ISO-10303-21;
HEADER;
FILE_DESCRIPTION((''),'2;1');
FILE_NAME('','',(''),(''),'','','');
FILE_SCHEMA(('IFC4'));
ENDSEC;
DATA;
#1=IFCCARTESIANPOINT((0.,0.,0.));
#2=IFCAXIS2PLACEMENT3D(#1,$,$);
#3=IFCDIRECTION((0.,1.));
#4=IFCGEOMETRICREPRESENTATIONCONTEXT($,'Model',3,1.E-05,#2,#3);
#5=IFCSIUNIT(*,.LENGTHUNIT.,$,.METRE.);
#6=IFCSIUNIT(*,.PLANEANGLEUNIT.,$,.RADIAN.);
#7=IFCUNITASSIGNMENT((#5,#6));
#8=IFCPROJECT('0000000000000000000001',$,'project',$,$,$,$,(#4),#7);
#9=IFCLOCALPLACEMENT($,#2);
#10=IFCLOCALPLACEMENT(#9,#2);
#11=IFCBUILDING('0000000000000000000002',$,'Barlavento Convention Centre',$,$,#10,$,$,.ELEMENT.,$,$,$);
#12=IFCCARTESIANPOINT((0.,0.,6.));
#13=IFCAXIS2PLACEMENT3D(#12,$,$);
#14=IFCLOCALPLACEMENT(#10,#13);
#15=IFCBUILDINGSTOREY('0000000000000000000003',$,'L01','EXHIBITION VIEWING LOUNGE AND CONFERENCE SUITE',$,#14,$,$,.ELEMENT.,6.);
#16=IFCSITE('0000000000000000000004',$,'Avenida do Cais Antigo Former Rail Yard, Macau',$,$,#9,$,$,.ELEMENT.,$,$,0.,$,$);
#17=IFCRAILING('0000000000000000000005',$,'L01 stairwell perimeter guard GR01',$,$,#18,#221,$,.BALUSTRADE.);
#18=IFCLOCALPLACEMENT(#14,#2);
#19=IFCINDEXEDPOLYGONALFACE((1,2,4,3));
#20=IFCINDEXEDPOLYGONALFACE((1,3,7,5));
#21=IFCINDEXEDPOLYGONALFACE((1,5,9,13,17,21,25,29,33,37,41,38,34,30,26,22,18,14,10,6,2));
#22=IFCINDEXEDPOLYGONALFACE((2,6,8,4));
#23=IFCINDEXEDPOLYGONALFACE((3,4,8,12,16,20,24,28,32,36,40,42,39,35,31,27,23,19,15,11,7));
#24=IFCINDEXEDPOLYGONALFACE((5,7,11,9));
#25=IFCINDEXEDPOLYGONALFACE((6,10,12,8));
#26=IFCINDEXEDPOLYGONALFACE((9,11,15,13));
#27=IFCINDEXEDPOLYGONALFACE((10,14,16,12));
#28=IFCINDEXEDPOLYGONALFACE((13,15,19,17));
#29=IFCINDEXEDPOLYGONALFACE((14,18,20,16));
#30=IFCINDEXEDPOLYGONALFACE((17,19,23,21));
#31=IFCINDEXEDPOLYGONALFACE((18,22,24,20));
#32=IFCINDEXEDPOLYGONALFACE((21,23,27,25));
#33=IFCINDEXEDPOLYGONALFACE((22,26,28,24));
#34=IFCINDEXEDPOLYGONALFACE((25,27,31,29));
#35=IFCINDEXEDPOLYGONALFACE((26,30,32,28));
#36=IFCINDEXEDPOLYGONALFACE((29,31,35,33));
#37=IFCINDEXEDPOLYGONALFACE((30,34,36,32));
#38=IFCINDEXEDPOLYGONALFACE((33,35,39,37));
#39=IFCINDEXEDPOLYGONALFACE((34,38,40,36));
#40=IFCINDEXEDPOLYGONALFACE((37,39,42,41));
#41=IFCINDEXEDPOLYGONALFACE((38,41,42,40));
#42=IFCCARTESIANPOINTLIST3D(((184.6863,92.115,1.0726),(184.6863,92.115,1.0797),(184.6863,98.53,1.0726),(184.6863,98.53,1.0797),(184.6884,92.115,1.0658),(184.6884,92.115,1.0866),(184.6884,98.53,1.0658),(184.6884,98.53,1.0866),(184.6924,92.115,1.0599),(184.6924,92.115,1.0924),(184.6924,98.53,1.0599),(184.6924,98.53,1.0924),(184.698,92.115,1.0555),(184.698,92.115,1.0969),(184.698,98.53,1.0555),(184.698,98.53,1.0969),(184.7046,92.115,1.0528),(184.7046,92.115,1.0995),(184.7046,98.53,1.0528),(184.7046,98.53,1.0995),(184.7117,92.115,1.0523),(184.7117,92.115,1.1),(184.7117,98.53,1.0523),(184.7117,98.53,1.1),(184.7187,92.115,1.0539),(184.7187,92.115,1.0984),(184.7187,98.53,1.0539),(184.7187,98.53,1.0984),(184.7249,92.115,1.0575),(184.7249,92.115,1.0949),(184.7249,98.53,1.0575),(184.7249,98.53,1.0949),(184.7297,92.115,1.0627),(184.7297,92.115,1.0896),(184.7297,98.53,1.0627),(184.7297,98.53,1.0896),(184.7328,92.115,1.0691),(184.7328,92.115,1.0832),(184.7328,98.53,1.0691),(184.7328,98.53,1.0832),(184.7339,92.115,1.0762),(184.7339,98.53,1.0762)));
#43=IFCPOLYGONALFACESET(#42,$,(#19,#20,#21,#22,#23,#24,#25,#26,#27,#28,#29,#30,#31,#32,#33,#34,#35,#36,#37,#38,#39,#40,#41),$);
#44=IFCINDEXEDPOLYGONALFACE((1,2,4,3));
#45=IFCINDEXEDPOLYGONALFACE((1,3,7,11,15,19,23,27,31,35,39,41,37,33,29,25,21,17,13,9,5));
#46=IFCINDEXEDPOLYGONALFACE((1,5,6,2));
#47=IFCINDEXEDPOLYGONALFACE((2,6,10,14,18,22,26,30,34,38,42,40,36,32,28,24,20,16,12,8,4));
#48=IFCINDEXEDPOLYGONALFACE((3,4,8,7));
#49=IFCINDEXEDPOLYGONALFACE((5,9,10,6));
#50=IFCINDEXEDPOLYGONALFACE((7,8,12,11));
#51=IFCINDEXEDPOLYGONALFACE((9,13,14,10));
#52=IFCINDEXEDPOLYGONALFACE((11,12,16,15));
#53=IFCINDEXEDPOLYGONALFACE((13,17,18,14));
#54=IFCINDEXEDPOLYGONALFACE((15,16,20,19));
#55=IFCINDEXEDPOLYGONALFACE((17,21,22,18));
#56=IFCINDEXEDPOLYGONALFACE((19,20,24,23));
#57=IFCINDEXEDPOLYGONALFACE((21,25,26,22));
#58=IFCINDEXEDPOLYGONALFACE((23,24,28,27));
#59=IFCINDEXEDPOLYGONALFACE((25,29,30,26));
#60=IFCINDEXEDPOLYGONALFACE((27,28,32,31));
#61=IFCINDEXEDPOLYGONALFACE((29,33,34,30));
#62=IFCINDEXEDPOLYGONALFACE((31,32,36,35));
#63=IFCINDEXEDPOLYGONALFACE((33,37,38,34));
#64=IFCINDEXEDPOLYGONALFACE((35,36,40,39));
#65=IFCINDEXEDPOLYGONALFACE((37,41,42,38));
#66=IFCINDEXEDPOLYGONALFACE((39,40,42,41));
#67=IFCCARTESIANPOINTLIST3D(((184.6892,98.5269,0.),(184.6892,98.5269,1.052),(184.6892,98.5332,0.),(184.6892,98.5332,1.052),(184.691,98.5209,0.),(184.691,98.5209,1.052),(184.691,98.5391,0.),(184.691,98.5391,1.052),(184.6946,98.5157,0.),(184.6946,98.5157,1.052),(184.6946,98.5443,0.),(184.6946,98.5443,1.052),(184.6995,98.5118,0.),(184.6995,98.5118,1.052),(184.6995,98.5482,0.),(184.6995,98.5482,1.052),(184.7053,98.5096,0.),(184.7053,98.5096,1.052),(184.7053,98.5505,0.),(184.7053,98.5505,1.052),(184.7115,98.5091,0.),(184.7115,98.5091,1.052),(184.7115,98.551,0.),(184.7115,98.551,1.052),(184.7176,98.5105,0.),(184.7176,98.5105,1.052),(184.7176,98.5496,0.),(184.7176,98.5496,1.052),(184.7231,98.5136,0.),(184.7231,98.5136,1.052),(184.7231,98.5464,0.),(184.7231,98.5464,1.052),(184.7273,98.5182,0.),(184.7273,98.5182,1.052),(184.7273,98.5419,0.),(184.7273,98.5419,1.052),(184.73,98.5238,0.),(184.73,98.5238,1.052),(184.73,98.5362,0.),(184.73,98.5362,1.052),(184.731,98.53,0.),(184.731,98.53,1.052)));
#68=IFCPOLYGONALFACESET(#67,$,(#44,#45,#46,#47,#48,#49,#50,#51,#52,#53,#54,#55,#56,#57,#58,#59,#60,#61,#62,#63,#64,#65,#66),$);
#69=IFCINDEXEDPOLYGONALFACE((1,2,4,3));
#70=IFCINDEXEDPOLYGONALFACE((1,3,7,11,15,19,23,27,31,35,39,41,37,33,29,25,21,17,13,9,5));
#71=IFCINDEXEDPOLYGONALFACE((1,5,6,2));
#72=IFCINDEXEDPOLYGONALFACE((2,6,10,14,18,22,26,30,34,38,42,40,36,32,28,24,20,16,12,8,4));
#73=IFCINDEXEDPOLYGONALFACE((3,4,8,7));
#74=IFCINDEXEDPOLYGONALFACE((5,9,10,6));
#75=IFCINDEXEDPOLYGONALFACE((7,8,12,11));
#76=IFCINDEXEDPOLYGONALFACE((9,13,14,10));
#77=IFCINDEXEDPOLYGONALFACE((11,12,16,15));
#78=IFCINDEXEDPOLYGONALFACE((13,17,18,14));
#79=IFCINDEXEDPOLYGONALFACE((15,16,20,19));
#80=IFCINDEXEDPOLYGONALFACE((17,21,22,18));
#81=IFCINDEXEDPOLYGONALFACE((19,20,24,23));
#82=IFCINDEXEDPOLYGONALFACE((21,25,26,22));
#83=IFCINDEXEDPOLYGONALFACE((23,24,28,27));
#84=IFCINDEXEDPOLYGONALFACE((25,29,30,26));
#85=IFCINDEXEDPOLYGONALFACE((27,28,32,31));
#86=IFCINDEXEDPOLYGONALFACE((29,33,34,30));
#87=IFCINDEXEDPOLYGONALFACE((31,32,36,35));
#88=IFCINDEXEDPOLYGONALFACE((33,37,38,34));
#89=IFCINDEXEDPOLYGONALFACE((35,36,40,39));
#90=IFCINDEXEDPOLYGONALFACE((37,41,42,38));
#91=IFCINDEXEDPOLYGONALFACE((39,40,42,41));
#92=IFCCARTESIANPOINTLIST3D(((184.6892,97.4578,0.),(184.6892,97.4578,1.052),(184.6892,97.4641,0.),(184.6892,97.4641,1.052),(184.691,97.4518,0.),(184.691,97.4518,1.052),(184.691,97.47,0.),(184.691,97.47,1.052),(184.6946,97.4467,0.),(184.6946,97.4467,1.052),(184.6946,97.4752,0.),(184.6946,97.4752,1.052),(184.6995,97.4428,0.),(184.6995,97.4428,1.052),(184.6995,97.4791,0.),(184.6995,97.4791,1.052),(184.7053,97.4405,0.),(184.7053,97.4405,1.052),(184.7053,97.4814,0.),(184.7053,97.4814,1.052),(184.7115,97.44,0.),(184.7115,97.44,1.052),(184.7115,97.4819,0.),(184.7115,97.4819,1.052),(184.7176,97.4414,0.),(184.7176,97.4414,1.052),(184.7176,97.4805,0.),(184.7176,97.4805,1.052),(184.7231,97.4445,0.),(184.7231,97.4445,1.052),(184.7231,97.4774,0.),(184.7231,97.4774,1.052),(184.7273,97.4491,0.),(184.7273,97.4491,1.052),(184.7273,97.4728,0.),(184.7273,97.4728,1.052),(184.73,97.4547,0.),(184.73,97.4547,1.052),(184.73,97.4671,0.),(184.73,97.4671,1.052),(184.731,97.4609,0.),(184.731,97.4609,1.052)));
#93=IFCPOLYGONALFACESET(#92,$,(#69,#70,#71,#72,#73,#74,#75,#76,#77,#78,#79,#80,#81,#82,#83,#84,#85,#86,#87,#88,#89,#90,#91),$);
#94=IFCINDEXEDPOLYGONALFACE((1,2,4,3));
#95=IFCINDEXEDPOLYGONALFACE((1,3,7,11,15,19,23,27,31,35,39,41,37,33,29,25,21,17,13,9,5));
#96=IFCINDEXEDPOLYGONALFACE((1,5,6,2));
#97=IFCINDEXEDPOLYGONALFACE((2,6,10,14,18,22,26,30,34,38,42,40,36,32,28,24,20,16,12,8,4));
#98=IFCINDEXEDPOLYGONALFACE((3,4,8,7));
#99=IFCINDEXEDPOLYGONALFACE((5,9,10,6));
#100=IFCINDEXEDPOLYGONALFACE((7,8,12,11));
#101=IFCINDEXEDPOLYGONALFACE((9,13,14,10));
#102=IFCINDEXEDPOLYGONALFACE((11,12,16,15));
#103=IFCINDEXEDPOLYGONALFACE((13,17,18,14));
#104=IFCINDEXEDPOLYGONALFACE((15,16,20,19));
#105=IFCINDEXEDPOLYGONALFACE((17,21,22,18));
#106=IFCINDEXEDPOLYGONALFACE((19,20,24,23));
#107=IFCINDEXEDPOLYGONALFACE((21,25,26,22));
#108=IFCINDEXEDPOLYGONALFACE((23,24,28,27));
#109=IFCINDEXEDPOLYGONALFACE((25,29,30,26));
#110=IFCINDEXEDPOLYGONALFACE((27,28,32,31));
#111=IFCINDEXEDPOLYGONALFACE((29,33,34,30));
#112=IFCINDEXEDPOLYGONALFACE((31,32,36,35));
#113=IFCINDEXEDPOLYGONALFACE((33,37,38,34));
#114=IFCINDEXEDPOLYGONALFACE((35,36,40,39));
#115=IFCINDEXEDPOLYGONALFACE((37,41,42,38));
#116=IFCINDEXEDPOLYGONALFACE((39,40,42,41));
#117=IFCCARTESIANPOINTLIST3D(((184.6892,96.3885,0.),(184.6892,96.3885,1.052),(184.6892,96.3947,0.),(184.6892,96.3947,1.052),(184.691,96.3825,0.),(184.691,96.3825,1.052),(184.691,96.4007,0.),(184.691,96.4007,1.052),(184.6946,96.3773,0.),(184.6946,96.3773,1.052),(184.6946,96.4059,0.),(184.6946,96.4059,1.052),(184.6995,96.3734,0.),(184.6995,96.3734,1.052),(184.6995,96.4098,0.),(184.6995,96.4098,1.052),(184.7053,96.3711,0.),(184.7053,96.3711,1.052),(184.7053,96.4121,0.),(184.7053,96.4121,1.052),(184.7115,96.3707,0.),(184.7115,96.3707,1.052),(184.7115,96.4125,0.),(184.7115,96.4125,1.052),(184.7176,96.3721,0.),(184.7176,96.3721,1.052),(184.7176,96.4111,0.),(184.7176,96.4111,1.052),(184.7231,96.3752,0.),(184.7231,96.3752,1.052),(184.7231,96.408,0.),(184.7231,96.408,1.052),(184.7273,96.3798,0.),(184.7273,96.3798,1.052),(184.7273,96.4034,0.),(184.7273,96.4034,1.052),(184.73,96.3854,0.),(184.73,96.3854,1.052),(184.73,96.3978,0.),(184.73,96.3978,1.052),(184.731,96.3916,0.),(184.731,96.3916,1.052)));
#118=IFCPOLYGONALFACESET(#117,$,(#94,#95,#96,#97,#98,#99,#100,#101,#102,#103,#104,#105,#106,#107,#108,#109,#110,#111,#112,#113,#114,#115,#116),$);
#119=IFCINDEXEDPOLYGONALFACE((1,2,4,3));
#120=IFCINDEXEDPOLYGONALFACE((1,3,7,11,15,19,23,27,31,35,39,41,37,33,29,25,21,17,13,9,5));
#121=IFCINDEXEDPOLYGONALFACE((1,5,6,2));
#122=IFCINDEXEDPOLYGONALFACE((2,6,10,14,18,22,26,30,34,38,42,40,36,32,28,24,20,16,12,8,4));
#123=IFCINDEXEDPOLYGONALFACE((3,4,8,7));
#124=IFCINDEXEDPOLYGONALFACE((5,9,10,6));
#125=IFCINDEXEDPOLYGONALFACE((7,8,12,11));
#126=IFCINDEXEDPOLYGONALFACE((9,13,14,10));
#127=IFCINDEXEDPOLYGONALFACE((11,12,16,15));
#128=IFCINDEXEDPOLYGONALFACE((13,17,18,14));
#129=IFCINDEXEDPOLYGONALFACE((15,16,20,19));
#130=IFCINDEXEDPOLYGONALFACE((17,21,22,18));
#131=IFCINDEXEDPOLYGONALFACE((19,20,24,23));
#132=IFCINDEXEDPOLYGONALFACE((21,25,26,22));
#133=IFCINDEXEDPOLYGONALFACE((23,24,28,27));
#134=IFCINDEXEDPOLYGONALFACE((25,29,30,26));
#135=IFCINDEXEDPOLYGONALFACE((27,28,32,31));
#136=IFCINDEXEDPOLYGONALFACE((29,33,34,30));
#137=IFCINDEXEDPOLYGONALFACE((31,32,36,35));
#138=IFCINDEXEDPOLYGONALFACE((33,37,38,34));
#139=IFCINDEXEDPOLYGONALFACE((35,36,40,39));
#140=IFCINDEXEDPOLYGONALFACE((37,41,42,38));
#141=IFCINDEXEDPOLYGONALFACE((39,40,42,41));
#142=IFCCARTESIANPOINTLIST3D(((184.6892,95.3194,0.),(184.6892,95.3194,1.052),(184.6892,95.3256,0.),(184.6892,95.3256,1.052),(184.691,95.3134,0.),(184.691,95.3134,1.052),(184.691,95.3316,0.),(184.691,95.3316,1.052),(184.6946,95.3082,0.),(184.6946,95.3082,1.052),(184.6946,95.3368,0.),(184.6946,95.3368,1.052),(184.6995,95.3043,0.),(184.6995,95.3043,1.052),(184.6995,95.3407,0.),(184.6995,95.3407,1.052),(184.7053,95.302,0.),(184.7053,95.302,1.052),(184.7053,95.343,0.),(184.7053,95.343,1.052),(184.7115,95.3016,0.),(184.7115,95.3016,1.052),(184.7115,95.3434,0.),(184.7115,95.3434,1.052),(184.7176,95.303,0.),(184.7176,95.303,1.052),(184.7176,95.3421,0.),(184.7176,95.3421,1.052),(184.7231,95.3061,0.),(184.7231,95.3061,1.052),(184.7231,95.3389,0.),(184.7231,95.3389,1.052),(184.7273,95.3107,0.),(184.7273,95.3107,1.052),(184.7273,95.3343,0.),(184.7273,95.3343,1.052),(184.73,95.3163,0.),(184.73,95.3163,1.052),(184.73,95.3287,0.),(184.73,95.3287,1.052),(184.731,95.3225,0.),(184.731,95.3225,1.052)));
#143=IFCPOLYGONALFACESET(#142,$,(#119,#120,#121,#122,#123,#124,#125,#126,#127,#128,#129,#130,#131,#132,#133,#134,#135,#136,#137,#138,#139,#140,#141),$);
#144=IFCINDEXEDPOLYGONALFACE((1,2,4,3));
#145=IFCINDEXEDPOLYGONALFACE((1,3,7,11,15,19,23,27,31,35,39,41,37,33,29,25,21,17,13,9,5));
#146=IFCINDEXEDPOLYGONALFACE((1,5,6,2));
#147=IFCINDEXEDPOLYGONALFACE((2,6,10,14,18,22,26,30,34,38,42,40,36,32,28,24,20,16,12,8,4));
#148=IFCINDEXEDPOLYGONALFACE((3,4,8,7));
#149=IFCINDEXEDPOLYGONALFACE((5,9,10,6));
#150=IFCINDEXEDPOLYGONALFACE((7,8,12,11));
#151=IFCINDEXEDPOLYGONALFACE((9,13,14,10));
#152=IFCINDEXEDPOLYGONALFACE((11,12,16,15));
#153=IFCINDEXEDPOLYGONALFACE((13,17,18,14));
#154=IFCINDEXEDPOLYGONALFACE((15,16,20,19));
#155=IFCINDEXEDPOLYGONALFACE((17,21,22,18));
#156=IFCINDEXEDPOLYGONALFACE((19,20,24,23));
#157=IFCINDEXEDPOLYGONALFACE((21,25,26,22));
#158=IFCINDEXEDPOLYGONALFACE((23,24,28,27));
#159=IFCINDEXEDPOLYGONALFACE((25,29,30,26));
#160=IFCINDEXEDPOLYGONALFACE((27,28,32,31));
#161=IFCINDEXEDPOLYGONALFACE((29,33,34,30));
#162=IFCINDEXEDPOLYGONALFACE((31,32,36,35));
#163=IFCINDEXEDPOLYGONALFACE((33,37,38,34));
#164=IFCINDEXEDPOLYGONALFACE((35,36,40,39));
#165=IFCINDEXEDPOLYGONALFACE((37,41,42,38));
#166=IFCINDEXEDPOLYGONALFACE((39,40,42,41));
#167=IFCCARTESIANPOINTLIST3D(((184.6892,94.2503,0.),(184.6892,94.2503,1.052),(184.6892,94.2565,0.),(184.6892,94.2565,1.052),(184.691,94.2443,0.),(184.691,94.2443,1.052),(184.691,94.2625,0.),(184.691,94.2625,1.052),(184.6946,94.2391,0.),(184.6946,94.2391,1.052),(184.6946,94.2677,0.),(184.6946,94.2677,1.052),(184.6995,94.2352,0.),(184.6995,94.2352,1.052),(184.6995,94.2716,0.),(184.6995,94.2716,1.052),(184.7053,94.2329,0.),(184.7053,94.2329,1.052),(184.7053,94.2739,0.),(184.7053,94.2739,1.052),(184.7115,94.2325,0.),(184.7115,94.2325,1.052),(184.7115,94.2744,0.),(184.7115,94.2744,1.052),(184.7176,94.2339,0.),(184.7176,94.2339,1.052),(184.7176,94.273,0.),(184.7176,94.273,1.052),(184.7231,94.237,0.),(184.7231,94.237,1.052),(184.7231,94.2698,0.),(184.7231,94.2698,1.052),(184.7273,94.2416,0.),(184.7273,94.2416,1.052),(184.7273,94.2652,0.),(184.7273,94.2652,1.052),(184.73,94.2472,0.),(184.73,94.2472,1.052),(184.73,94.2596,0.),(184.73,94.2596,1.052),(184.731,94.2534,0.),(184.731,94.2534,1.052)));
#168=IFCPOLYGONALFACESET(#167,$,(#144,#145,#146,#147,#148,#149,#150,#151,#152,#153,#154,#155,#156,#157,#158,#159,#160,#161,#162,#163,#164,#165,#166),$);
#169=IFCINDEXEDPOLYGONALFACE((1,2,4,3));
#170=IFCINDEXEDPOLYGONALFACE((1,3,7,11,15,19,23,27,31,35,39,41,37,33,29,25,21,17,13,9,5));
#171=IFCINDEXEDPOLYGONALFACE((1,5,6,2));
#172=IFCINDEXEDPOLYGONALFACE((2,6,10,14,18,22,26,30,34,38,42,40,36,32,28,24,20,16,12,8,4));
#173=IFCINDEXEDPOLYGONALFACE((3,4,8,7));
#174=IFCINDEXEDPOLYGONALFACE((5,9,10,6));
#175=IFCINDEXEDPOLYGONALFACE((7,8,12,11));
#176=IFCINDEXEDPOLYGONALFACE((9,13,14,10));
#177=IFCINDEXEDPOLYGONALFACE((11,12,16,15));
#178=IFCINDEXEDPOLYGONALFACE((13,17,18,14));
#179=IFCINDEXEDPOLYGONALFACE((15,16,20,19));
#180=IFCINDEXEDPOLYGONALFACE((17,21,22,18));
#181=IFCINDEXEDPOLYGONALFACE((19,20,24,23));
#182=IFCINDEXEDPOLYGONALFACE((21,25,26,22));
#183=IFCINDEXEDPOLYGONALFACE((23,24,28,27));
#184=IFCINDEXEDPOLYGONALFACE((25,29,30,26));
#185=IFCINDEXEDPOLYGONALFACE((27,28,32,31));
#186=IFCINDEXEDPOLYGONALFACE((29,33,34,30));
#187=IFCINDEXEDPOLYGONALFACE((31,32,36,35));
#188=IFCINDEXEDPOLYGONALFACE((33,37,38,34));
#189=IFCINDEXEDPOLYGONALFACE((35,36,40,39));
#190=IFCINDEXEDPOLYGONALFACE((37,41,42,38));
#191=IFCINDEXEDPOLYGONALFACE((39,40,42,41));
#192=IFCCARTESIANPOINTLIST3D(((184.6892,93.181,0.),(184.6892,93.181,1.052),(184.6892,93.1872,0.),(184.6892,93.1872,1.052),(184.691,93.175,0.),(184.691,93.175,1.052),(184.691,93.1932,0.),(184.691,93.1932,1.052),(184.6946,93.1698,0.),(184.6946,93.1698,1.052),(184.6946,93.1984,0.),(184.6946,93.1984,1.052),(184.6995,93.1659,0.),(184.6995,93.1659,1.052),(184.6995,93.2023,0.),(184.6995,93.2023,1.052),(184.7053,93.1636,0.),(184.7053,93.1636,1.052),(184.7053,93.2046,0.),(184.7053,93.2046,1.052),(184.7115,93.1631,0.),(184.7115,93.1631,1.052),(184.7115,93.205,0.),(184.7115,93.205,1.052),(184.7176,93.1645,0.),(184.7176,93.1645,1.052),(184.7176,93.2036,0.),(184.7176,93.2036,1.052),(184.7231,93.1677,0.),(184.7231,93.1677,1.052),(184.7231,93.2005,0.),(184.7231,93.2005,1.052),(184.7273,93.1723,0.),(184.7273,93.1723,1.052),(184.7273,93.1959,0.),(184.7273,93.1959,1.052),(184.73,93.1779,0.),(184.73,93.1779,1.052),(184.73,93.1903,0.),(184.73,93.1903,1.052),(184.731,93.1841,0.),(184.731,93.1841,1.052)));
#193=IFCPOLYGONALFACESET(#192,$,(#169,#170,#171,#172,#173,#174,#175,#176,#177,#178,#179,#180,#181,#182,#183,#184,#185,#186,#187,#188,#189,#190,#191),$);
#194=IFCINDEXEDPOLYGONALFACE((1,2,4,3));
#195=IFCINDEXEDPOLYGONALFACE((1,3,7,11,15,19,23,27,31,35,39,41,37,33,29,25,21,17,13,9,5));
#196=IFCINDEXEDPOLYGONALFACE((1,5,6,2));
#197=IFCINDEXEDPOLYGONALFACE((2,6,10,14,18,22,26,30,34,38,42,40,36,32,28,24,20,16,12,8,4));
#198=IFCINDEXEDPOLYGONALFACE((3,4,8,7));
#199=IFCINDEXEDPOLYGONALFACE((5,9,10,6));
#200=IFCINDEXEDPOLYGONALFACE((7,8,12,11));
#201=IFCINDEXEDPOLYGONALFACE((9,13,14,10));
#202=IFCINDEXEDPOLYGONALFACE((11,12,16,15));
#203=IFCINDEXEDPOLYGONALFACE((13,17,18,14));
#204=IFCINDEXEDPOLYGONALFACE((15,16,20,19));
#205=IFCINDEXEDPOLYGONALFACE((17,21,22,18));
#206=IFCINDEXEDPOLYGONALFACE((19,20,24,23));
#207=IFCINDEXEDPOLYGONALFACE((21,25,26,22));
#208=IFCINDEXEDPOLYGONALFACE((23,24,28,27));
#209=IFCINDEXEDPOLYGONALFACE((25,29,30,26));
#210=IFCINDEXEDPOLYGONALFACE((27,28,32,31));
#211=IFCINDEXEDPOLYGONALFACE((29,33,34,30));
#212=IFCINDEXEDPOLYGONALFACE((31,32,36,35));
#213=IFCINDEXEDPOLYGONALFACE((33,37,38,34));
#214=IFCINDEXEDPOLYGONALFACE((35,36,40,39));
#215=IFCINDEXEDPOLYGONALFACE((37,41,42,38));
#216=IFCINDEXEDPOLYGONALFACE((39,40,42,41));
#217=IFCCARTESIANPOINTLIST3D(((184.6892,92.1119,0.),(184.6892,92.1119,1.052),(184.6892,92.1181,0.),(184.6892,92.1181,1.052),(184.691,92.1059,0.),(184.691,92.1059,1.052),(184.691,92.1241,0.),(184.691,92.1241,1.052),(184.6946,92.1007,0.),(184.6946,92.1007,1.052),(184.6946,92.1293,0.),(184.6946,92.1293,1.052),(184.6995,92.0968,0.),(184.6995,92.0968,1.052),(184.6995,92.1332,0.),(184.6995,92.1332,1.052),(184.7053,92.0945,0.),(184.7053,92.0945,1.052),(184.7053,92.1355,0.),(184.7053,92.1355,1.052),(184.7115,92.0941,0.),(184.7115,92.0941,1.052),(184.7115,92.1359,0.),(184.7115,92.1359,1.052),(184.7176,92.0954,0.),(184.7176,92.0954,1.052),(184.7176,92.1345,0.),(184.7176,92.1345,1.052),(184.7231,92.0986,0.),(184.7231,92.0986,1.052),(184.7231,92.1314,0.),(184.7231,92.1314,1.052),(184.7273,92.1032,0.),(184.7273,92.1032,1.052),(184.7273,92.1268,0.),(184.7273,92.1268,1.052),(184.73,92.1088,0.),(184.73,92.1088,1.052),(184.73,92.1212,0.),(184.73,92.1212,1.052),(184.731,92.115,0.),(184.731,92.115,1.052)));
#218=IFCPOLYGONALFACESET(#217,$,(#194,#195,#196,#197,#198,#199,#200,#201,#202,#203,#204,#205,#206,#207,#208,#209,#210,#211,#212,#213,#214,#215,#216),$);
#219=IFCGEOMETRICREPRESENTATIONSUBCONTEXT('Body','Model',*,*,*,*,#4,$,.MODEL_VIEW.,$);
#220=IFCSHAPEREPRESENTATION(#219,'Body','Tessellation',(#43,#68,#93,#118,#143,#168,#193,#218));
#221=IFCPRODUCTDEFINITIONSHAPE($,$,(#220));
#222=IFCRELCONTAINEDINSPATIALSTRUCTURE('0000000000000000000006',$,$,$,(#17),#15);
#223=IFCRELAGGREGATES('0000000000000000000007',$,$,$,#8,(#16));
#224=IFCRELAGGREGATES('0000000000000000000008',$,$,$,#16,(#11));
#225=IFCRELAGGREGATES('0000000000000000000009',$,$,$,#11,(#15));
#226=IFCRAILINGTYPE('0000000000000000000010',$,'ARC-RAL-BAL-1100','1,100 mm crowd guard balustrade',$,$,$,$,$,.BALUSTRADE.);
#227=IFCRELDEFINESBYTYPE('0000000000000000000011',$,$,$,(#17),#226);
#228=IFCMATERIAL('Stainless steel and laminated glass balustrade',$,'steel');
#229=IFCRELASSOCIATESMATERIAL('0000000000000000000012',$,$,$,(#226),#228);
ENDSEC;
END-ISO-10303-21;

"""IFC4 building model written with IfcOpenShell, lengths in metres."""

from ifc_helpers import new_model, si_unit, direction, frame, origin, origin_2d, place, context, subcontext, project, spatial, circle, extrude, material, type_object, element, save


model = new_model("IFC4")

# Units and contexts
model_context = context("Model", 3, precision=1e-05, world=origin(), true_north=direction((0.0, 1.0)))
body_context = subcontext(model_context, "Body", "Model", "MODEL_VIEW")
ifc_project = project(units=[si_unit("LENGTHUNIT", "METRE"), si_unit("PLANEANGLEUNIT", "RADIAN")], contexts=[model_context])

# Site, building, storey
site_placement = place(None, origin())
site = spatial("IfcSite", under=ifc_project, at=site_placement, Name="Avenida do Cais Antigo Former Rail Yard, Macau", CompositionType="ELEMENT", RefElevation=0.0)
building_placement = place(site_placement, origin())
building = spatial("IfcBuilding", under=site, at=building_placement, Name="Barlavento Convention Centre", CompositionType="ELEMENT")
storey_placement = place(building_placement, frame((0.0, 0.0, 6.0)))
storey = spatial("IfcBuildingStorey", under=building, at=storey_placement, Name="L01", Description="EXHIBITION VIEWING LOUNGE AND CONFERENCE SUITE", CompositionType="ELEMENT", Elevation=6.0)

# Railing
ifc_material_1 = material(Name="Stainless steel and laminated glass balustrade", Category="steel")
railing_type_1 = type_object("IfcRailingType", Name="ARC-RAL-BAL-1100", Description="1,100 mm crowd guard balustrade", PredefinedType="BALUSTRADE", material=ifc_material_1)
railing_1_placement = place(storey_placement, frame((184.71, 98.53, 0.0)))
element("IfcRailing", 1, at=railing_1_placement, inside=storey, type_object=railing_type_1, Name="L01 stairwell perimeter guard GR01", PredefinedType="BALUSTRADE", context=body_context, shape_type="SweptSolid", body=[
    extrude(circle(Radius=0.0239, at=origin_2d()), frame((0.0, 0.0, 1.0762), z_axis=(0.0, -1.0, 0.0), x_axis=(1.0, 0.0, 0.0)), (0.0, 0.0, 1.0), 6.415),
    extrude(circle(Radius=0.021, at=origin_2d()), origin(), (0.0, 0.0, 1.0), 1.052),
    extrude(circle(Radius=0.021, at=origin_2d()), frame((0.0, -1.0691, 0.0)), (0.0, 0.0, 1.0), 1.052),
    extrude(circle(Radius=0.021, at=origin_2d()), frame((0.0, -2.1384, 0.0)), (0.0, 0.0, 1.0), 1.052),
    extrude(circle(Radius=0.021, at=origin_2d()), frame((0.0, -3.2075, 0.0)), (0.0, 0.0, 1.0), 1.052),
    extrude(circle(Radius=0.021, at=origin_2d()), frame((0.0, -4.2766, 0.0)), (0.0, 0.0, 1.0), 1.052),
    extrude(circle(Radius=0.021, at=origin_2d()), frame((0.0, -5.3459, 0.0)), (0.0, 0.0, 1.0), 1.052),
    extrude(circle(Radius=0.021, at=origin_2d()), frame((0.0, -6.415, 0.0)), (0.0, 0.0, 1.0), 1.052),
])

save(model, "model.ifc")
